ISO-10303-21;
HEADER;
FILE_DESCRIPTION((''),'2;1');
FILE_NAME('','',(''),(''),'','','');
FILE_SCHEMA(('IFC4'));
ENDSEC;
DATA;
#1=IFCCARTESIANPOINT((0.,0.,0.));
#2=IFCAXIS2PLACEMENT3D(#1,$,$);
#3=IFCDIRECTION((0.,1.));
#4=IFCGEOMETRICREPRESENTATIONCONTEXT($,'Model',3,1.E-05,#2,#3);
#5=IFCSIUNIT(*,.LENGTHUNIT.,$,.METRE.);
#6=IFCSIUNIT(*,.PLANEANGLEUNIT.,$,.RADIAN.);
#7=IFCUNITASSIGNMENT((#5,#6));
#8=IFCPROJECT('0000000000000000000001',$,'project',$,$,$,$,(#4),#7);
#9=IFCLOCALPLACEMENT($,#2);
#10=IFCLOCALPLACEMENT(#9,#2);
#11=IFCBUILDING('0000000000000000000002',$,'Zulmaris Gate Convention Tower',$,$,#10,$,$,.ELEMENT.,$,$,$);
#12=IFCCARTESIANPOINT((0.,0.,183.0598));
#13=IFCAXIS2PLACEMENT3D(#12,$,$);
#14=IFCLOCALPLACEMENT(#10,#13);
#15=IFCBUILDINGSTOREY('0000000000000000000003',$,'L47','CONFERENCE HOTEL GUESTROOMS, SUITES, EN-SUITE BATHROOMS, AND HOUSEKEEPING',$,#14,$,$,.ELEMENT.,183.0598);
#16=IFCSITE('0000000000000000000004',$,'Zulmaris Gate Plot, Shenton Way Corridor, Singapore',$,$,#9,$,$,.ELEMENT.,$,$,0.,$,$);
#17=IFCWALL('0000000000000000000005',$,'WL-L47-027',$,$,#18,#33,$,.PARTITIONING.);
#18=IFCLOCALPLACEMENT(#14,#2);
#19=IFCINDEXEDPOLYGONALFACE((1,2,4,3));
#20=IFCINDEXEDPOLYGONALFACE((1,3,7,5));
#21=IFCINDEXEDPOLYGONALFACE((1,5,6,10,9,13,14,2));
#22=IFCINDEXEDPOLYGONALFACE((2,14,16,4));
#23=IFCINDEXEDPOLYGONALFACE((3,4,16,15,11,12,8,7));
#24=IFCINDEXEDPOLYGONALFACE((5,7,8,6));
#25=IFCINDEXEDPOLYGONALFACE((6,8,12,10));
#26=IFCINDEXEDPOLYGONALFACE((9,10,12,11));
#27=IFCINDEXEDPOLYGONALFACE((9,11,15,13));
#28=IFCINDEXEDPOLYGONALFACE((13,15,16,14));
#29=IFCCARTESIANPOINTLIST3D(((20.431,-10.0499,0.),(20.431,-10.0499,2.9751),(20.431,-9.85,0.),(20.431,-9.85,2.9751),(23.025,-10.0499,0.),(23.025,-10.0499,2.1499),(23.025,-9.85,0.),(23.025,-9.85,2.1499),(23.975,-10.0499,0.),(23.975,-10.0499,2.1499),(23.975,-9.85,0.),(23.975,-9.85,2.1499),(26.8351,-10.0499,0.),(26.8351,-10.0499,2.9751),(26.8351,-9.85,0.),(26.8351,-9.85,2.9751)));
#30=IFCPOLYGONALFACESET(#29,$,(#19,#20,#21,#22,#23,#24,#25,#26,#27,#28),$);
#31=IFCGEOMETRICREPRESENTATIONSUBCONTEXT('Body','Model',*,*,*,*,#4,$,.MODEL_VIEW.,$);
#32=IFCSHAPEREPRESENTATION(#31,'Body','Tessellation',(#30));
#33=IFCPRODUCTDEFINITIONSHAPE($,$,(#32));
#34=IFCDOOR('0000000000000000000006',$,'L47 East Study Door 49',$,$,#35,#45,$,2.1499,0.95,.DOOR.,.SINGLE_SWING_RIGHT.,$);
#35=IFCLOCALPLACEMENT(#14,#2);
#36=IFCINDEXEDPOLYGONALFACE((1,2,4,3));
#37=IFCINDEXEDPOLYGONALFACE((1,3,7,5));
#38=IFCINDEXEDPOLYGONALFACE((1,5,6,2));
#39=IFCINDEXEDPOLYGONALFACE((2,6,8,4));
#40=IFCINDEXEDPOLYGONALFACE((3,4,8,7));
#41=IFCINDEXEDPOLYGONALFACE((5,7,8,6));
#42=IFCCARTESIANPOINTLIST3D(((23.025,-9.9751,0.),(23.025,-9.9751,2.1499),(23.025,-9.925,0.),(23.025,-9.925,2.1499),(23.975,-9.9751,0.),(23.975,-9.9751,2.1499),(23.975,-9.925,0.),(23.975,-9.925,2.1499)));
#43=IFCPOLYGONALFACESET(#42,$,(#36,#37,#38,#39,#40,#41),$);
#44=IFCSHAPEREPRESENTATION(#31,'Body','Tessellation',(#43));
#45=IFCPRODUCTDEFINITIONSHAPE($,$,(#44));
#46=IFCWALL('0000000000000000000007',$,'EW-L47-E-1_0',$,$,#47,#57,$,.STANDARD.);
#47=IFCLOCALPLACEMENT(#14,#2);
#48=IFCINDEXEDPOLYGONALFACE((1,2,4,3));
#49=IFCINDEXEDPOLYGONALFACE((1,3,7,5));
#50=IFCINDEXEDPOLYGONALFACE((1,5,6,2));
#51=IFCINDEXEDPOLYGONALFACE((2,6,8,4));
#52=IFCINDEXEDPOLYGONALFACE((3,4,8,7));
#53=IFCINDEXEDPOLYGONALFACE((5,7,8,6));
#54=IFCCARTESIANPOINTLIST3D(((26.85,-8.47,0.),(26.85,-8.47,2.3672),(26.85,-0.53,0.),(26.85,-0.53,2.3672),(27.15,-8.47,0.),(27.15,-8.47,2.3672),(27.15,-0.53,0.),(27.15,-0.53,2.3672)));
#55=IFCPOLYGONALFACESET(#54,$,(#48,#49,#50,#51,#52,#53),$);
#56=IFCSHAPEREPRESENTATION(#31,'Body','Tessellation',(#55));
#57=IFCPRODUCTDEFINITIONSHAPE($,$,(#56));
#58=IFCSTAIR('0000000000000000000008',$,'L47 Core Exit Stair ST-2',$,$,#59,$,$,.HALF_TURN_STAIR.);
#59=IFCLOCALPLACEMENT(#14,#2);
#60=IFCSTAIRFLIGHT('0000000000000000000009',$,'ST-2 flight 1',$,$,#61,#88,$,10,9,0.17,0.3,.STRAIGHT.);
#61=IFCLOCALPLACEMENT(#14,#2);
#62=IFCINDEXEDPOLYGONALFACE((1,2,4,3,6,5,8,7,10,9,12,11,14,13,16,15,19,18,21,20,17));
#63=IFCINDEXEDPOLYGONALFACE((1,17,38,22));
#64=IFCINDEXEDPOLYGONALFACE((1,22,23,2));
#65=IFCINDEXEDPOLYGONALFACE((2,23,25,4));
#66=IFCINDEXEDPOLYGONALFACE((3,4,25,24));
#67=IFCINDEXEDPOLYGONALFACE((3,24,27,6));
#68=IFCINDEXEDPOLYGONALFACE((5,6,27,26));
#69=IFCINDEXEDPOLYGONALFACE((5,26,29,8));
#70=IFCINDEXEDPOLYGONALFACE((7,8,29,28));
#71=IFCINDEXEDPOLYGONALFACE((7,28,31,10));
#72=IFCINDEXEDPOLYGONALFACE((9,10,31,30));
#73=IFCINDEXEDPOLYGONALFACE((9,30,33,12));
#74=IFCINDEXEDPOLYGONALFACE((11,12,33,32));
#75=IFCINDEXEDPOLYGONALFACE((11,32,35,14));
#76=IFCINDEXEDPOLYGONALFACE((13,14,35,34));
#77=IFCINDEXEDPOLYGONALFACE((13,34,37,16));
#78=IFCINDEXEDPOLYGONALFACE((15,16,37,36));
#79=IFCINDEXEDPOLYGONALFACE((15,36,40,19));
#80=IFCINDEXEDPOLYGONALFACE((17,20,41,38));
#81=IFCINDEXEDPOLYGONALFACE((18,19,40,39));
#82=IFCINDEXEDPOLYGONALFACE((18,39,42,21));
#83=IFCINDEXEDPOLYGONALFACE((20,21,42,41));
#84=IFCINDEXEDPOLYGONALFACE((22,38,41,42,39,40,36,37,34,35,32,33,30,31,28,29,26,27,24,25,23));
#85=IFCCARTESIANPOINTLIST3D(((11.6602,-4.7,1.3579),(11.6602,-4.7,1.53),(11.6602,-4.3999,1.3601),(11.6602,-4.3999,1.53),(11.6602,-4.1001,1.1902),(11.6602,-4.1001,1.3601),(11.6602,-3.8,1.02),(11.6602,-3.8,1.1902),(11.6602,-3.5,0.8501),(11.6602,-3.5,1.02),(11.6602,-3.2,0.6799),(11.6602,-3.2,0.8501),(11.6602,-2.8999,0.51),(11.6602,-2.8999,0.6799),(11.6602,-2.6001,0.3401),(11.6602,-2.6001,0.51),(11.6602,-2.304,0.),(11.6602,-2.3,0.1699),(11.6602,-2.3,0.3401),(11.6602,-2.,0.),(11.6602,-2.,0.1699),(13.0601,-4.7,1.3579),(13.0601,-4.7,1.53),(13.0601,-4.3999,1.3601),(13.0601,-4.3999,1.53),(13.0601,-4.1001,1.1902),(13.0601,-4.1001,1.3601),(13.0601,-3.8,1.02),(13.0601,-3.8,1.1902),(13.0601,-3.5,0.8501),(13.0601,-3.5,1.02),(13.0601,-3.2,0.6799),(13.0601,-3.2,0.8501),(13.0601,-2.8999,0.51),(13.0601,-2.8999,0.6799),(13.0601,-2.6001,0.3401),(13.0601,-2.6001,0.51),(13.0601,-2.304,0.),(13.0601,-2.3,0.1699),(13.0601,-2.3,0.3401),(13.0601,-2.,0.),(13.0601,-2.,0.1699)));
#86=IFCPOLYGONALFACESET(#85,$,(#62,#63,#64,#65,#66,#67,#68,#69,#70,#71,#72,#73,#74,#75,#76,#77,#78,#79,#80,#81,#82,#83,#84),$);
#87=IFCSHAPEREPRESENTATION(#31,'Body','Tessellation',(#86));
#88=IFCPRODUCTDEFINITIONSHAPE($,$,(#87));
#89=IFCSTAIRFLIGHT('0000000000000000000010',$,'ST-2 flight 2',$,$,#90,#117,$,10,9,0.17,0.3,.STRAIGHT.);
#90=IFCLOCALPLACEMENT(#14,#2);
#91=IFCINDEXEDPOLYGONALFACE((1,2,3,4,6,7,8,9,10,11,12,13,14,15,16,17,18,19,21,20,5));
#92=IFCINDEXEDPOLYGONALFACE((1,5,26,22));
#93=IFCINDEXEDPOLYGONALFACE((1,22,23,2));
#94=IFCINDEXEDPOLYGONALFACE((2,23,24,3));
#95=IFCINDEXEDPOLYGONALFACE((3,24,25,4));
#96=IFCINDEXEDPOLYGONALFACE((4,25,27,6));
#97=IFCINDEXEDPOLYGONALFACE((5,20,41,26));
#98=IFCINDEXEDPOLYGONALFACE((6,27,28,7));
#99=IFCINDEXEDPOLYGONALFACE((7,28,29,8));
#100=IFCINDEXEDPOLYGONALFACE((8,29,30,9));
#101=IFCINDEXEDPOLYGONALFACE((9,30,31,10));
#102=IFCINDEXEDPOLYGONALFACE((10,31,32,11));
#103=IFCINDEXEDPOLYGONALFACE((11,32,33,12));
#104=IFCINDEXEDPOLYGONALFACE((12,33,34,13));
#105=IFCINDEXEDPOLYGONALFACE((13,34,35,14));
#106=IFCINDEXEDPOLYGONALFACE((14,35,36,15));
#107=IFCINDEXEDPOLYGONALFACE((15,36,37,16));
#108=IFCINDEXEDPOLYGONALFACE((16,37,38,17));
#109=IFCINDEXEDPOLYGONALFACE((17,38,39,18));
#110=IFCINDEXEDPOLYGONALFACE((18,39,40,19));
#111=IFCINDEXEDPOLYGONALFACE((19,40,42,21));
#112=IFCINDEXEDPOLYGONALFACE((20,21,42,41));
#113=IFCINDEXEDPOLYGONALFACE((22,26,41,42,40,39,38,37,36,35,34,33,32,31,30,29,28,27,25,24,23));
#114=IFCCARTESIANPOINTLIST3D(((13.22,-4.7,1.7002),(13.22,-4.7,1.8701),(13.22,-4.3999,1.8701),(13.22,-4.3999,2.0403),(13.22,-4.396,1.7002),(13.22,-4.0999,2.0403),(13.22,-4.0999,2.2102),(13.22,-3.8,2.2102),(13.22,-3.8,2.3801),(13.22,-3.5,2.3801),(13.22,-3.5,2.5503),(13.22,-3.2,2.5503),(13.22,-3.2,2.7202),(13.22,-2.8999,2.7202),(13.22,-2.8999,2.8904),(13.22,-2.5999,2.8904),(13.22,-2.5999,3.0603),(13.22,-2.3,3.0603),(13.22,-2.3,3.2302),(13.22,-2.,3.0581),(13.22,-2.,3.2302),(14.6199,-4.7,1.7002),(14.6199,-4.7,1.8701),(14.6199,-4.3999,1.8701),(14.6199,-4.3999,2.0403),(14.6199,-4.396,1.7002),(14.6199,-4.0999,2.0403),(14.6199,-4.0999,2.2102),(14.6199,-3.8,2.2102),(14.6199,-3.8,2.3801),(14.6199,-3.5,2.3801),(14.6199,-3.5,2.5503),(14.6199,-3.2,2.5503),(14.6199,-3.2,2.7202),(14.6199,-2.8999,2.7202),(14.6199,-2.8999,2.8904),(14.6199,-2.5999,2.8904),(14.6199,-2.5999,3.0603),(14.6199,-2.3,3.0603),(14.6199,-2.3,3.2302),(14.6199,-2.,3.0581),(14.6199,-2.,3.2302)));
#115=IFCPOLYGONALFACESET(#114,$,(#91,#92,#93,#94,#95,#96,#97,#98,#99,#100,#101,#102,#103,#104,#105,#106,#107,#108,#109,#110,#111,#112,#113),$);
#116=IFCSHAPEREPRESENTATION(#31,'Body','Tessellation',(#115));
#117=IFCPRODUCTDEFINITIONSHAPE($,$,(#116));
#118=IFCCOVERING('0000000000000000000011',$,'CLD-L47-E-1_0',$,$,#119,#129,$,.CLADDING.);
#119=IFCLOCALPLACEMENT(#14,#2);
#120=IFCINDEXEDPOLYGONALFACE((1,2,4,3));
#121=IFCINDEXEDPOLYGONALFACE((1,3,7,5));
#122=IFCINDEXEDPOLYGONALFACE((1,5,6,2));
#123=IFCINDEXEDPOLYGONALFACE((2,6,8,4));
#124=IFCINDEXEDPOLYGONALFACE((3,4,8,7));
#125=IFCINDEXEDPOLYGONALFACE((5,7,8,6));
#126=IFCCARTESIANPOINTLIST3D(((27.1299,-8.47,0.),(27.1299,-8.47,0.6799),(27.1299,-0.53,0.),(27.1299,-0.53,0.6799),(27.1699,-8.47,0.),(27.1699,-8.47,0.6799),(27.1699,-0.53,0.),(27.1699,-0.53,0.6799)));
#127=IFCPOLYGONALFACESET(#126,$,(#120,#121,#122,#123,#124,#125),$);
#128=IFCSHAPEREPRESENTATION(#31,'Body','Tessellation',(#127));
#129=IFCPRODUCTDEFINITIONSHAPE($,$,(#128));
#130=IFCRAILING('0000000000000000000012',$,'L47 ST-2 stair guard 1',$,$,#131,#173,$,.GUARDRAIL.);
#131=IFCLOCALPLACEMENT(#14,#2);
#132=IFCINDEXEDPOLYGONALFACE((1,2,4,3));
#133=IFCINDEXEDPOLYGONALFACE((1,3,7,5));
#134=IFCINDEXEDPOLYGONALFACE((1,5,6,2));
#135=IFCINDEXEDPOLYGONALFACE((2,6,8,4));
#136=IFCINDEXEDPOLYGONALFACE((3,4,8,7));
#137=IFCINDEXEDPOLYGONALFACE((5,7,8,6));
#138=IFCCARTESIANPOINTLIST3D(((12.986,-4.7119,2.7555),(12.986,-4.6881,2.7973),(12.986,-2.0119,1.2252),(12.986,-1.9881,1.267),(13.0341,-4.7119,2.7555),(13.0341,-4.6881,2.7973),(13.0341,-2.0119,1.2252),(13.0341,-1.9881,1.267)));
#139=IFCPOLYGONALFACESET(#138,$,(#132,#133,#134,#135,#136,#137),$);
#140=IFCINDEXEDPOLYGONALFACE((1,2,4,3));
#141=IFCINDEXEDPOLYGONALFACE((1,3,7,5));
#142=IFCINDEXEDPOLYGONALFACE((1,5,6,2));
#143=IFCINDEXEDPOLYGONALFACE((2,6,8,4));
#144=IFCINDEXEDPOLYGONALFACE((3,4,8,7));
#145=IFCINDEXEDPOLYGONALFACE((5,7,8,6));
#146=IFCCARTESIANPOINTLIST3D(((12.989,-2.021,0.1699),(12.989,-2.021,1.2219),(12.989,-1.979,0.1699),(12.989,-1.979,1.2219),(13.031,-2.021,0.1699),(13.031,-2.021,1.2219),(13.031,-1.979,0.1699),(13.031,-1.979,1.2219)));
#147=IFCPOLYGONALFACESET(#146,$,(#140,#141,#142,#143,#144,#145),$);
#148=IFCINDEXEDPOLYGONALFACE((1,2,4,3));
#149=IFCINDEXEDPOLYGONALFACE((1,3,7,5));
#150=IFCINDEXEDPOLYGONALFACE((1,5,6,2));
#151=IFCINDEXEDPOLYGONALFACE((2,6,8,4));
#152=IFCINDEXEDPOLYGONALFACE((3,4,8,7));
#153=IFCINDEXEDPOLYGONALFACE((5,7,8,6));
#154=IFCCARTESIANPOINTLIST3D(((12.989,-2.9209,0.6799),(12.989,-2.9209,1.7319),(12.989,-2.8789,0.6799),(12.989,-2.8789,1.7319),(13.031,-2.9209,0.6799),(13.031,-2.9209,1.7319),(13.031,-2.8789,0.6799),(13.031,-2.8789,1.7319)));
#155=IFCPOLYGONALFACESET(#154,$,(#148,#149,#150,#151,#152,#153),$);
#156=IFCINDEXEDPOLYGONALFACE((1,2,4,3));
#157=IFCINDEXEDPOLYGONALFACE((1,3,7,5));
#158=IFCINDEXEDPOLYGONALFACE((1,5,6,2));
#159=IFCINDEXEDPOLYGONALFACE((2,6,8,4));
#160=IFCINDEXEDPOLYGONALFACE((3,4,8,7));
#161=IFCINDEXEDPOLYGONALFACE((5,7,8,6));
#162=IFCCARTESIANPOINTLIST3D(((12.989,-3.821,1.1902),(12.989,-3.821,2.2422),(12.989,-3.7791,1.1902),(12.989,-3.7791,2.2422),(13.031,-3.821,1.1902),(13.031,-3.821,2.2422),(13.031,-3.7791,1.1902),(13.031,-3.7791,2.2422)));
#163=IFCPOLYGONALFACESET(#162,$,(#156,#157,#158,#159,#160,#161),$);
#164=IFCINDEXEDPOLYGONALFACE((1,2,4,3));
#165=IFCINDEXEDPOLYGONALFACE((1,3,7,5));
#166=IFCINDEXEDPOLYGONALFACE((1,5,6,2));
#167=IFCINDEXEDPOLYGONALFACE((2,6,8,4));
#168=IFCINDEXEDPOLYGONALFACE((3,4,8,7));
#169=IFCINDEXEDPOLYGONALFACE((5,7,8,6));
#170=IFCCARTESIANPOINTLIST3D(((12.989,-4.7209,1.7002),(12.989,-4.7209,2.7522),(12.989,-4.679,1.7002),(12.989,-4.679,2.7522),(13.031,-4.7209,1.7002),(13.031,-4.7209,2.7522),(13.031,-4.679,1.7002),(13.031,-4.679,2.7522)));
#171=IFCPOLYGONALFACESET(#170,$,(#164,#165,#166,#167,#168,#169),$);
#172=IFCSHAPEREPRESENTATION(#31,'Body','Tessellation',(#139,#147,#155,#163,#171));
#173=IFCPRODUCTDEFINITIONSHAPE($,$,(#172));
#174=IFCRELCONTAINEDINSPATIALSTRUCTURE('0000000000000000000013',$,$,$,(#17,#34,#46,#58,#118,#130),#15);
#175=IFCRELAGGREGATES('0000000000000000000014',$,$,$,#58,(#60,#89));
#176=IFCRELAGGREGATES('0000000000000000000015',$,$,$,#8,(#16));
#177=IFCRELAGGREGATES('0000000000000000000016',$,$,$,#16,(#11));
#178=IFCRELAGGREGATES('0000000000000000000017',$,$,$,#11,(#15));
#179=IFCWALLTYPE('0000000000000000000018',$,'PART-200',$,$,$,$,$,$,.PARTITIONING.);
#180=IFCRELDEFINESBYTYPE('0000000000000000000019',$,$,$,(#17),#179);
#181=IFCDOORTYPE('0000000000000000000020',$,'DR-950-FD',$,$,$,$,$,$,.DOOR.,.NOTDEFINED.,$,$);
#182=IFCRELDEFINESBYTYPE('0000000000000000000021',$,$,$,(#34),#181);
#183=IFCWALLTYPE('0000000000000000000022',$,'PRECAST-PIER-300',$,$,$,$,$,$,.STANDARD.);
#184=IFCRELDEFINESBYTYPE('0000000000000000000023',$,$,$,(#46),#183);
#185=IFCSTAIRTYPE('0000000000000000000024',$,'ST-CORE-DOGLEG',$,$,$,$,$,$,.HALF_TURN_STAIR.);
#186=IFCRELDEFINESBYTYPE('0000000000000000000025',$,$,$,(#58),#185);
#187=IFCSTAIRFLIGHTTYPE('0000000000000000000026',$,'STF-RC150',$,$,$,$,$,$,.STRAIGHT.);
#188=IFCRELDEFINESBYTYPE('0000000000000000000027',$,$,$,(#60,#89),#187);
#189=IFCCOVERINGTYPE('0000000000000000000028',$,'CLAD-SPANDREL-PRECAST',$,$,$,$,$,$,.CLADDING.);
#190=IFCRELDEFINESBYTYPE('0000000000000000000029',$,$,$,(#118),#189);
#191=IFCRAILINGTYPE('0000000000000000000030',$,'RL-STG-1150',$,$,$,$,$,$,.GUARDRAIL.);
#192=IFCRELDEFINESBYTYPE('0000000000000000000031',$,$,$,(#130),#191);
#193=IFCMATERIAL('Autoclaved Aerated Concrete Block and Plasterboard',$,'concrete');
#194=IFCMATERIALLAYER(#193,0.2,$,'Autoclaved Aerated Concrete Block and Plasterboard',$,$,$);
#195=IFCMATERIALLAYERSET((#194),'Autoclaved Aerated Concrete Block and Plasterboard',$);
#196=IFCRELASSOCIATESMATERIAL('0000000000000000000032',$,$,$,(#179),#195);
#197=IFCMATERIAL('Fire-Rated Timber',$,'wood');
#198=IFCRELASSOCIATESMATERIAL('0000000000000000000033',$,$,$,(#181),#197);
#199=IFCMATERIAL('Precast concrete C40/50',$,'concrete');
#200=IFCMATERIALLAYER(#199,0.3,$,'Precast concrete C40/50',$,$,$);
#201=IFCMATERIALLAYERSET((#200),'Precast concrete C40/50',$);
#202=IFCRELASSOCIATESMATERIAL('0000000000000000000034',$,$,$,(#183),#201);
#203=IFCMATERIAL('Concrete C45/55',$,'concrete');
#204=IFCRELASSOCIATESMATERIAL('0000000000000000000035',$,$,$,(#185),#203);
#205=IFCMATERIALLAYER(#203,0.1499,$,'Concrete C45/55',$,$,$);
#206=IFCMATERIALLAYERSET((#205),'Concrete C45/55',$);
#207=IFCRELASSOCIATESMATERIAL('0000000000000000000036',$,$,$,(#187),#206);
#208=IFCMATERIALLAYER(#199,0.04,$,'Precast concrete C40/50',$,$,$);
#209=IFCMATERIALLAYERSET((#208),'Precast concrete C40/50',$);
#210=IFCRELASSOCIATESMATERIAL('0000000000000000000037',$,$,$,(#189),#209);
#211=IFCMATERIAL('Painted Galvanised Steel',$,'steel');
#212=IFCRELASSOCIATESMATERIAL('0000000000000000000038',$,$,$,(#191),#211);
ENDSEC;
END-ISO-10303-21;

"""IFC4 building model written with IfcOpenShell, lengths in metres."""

from ifc_helpers import new_model, si_unit, direction, frame, frame_2d, origin, origin_2d, place, context, subcontext, project, spatial, polyline, rectangle, outline, extrude, material, layer, layer_set, type_object, element, fill, aggregate, save


model = new_model("IFC4")

# Units and contexts
model_context = context("Model", 3, precision=1e-05, world=origin(), true_north=direction((0.0, 1.0)))
body_context = subcontext(model_context, "Body", "Model", "MODEL_VIEW")
ifc_project = project(units=[si_unit("LENGTHUNIT", "METRE"), si_unit("PLANEANGLEUNIT", "RADIAN")], contexts=[model_context])

# Site, building, storey
site_placement = place(None, origin())
site = spatial("IfcSite", under=ifc_project, at=site_placement, Name="Zulmaris Gate Plot, Shenton Way Corridor, Singapore", CompositionType="ELEMENT", RefElevation=0.0)
building_placement = place(site_placement, origin())
building = spatial("IfcBuilding", under=site, at=building_placement, Name="Zulmaris Gate Convention Tower", CompositionType="ELEMENT")
storey_placement = place(building_placement, frame((0.0, 0.0, 183.0598)))
storey = spatial("IfcBuildingStorey", under=building, at=storey_placement, Name="L47", Description="CONFERENCE HOTEL GUESTROOMS, SUITES, EN-SUITE BATHROOMS, AND HOUSEKEEPING", CompositionType="ELEMENT", Elevation=183.0598)

# Wall, opening, door
ifc_material_1 = material(Name="Autoclaved Aerated Concrete Block and Plasterboard", Category="concrete")
ifc_layer_1 = layer(ifc_material_1, 0.2, Name="Autoclaved Aerated Concrete Block and Plasterboard")
ifc_layer_set_1 = layer_set([ifc_layer_1], Name="Autoclaved Aerated Concrete Block and Plasterboard")
wall_type_1 = type_object("IfcWallType", Name="PART-200", PredefinedType="PARTITIONING", material=ifc_layer_set_1)
wall_1_placement = place(storey_placement, frame((20.4309, -9.95, 0.0), z_axis=(0.0, 0.0, 1.0), x_axis=(1.0, 0.0, 0.0)))
wall_1 = element("IfcWall", 1, at=wall_1_placement, inside=storey, type_object=wall_type_1, Name="WL-L47-027", PredefinedType="PARTITIONING", context=body_context, shape_type="SweptSolid", body=[
    extrude(rectangle(XDim=6.4041, YDim=0.2, at=frame_2d((3.2021, 0.0))), origin(), (0.0, 0.0, 1.0), 2.9751),
])
opening_placement = place(wall_1_placement, frame((2.594, 0.0, 0.0)))
opening = element("IfcOpeningElement", 2, at=opening_placement, cuts=wall_1, PredefinedType="OPENING", context=body_context, shape_type="SweptSolid", body=[
    extrude(rectangle(XDim=0.95, YDim=2.1499, at=frame_2d((0.4751, 1.075))), frame((0.0, 0.1099, 0.0), z_axis=(0.0, -1.0, 0.0), x_axis=(1.0, 0.0, 0.0)), (0.0, 0.0, 1.0), 0.22),
])
ifc_material_2 = material(Name="Fire-Rated Timber", Category="wood")
door_type = type_object("IfcDoorType", Name="DR-950-FD", OperationType="NOTDEFINED", PredefinedType="DOOR", material=ifc_material_2)
door_placement = place(opening_placement, origin())
door = element("IfcDoor", 3, at=door_placement, inside=storey, type_object=door_type, Name="L47 East Study Door 49", OperationType="SINGLE_SWING_RIGHT", OverallHeight=2.1499, OverallWidth=0.95, PredefinedType="DOOR", context=body_context, shape_type="SweptSolid", body=[
    extrude(rectangle(XDim=0.95, YDim=2.1499, at=frame_2d((0.4751, 1.075))), frame((0.0, 0.0249, 0.0), z_axis=(0.0, -1.0, 0.0), x_axis=(1.0, 0.0, 0.0)), (0.0, 0.0, 1.0), 0.05),
])
fill(opening, door)

# Wall
ifc_material_3 = material(Name="Precast concrete C40/50", Category="concrete")
ifc_layer_2 = layer(ifc_material_3, 0.3, Name="Precast concrete C40/50")
ifc_layer_set_2 = layer_set([ifc_layer_2], Name="Precast concrete C40/50")
wall_type_2 = type_object("IfcWallType", Name="PRECAST-PIER-300", PredefinedType="STANDARD", material=ifc_layer_set_2)
wall_2_placement = place(storey_placement, frame((27.0, -8.47, 0.0), z_axis=(0.0, 0.0, 1.0), x_axis=(0.0, 1.0, 0.0)))
element("IfcWall", 4, at=wall_2_placement, inside=storey, type_object=wall_type_2, Name="EW-L47-E-1_0", PredefinedType="STANDARD", context=body_context, shape_type="SweptSolid", body=[
    extrude(rectangle(XDim=7.9399, YDim=0.3, at=frame_2d((3.97, 0.0))), origin(), (0.0, 0.0, 1.0), 2.3672),
])

# Stair, stair flights
ifc_material_4 = material(Name="Concrete C45/55", Category="concrete")
stair_type = type_object("IfcStairType", Name="ST-CORE-DOGLEG", PredefinedType="HALF_TURN_STAIR", material=ifc_material_4)
stair_placement = place(storey_placement, origin())
stair = element("IfcStair", 5, at=stair_placement, inside=storey, type_object=stair_type, Name="L47 Core Exit Stair ST-2", PredefinedType="HALF_TURN_STAIR")
ifc_layer_3 = layer(ifc_material_4, 0.1499, Name="Concrete C45/55")
ifc_layer_set_3 = layer_set([ifc_layer_3], Name="Concrete C45/55")
stair_flight_type = type_object("IfcStairFlightType", Name="STF-RC150", PredefinedType="STRAIGHT", material=ifc_layer_set_3)
stair_flight_1_placement = place(storey_placement, frame((12.3601, -2.0, 0.0), z_axis=(0.0, 0.0, 1.0), x_axis=(0.0, -1.0, 0.0)))
stair_flight_1 = element("IfcStairFlight", 6, at=stair_flight_1_placement, type_object=stair_flight_type, Name="ST-2 flight 1", NumberOfRisers=10, NumberOfTreads=9, PredefinedType="STRAIGHT", RiserHeight=0.17, TreadLength=0.3, context=body_context, shape_type="SweptSolid", body=[
    extrude(outline(polyline([(0.0, 0.0), (0.0, 0.1699), (0.3, 0.1699), (0.3, 0.3401), (0.6001, 0.3401), (0.6001, 0.51), (0.8999, 0.51), (0.8999, 0.6799), (1.2, 0.6799), (1.2, 0.8501), (1.5, 0.8501), (1.5, 1.02), (1.8, 1.02), (1.8, 1.1902), (2.1001, 1.1902), (2.1001, 1.3601), (2.3999, 1.3601), (2.3999, 1.53), (2.7, 1.53), (2.7, 1.7002), (2.7, 1.3579), (0.304, 0.0), (0.0, 0.0)])), frame((0.0, 0.7, 0.0), z_axis=(0.0, -1.0, 0.0), x_axis=(1.0, 0.0, 0.0)), (0.0, 0.0, 1.0), 1.3999),
])
stair_flight_2_placement = place(storey_placement, frame((13.9199, -4.7, 1.7002), z_axis=(0.0, 0.0, 1.0), x_axis=(0.0, 1.0, 0.0)))
stair_flight_2 = element("IfcStairFlight", 7, at=stair_flight_2_placement, type_object=stair_flight_type, Name="ST-2 flight 2", NumberOfRisers=10, NumberOfTreads=9, PredefinedType="STRAIGHT", RiserHeight=0.17, TreadLength=0.3, context=body_context, shape_type="SweptSolid", body=[
    extrude(outline(polyline([(0.0, 0.0), (0.0, 0.1699), (0.3, 0.1699), (0.3, 0.3401), (0.6001, 0.3401), (0.6001, 0.51), (0.8999, 0.51), (0.8999, 0.6799), (1.2, 0.6799), (1.2, 0.8501), (1.5, 0.8501), (1.5, 1.02), (1.8, 1.02), (1.8, 1.1902), (2.1001, 1.1902), (2.1001, 1.3601), (2.3999, 1.3601), (2.3999, 1.53), (2.7, 1.53), (2.7, 1.7002), (2.7, 1.3579), (0.304, 0.0), (0.0, 0.0)])), frame((0.0, 0.7, 0.0), z_axis=(0.0, -1.0, 0.0), x_axis=(1.0, 0.0, 0.0)), (0.0, 0.0, 1.0), 1.3999),
])
aggregate(stair, [stair_flight_1, stair_flight_2])

# Covering
ifc_layer_4 = layer(ifc_material_3, 0.04, Name="Precast concrete C40/50")
ifc_layer_set_4 = layer_set([ifc_layer_4], Name="Precast concrete C40/50")
covering_type = type_object("IfcCoveringType", Name="CLAD-SPANDREL-PRECAST", PredefinedType="CLADDING", material=ifc_layer_set_4)
covering_placement = place(storey_placement, frame((27.1499, -8.47, 0.0), z_axis=(0.0, 0.0, 1.0), x_axis=(0.0, 1.0, 0.0)))
element("IfcCovering", 8, at=covering_placement, inside=storey, type_object=covering_type, Name="CLD-L47-E-1_0", PredefinedType="CLADDING", context=body_context, shape_type="SweptSolid", body=[
    extrude(rectangle(XDim=7.9399, YDim=0.04, at=frame_2d((3.97, 0.0))), origin(), (0.0, 0.0, 1.0), 0.6799),
])

# Railing
ifc_material_5 = material(Name="Painted Galvanised Steel", Category="steel")
railing_type_1 = type_object("IfcRailingType", Name="RL-STG-1150", PredefinedType="GUARDRAIL", material=ifc_material_5)
railing_1_placement = place(storey_placement, frame((13.01, -2.0, 0.1699)))
element("IfcRailing", 9, at=railing_1_placement, inside=storey, type_object=railing_type_1, Name="L47 ST-2 stair guard 1", PredefinedType="GUARDRAIL", context=body_context, shape_type="SweptSolid", body=[
    extrude(rectangle(XDim=0.0481, YDim=0.0481, at=origin_2d()), frame((0.0, 0.0, 1.0762), z_axis=(0.0, -0.869981, 0.493086), x_axis=(1.0, 0.0, 0.0)), (0.0, 0.0, 1.0), 3.1035),
    extrude(rectangle(XDim=0.042, YDim=0.042, at=origin_2d()), origin(), (0.0, 0.0, 1.0), 1.052),
    extrude(rectangle(XDim=0.042, YDim=0.042, at=origin_2d()), frame((0.0, -0.8999, 0.51)), (0.0, 0.0, 1.0), 1.052),
    extrude(rectangle(XDim=0.042, YDim=0.042, at=origin_2d()), frame((0.0, -1.8, 1.0203)), (0.0, 0.0, 1.0), 1.052),
    extrude(rectangle(XDim=0.042, YDim=0.042, at=origin_2d()), frame((0.0, -2.7, 1.5303)), (0.0, 0.0, 1.0), 1.052),
])

save(model, "model.ifc")
